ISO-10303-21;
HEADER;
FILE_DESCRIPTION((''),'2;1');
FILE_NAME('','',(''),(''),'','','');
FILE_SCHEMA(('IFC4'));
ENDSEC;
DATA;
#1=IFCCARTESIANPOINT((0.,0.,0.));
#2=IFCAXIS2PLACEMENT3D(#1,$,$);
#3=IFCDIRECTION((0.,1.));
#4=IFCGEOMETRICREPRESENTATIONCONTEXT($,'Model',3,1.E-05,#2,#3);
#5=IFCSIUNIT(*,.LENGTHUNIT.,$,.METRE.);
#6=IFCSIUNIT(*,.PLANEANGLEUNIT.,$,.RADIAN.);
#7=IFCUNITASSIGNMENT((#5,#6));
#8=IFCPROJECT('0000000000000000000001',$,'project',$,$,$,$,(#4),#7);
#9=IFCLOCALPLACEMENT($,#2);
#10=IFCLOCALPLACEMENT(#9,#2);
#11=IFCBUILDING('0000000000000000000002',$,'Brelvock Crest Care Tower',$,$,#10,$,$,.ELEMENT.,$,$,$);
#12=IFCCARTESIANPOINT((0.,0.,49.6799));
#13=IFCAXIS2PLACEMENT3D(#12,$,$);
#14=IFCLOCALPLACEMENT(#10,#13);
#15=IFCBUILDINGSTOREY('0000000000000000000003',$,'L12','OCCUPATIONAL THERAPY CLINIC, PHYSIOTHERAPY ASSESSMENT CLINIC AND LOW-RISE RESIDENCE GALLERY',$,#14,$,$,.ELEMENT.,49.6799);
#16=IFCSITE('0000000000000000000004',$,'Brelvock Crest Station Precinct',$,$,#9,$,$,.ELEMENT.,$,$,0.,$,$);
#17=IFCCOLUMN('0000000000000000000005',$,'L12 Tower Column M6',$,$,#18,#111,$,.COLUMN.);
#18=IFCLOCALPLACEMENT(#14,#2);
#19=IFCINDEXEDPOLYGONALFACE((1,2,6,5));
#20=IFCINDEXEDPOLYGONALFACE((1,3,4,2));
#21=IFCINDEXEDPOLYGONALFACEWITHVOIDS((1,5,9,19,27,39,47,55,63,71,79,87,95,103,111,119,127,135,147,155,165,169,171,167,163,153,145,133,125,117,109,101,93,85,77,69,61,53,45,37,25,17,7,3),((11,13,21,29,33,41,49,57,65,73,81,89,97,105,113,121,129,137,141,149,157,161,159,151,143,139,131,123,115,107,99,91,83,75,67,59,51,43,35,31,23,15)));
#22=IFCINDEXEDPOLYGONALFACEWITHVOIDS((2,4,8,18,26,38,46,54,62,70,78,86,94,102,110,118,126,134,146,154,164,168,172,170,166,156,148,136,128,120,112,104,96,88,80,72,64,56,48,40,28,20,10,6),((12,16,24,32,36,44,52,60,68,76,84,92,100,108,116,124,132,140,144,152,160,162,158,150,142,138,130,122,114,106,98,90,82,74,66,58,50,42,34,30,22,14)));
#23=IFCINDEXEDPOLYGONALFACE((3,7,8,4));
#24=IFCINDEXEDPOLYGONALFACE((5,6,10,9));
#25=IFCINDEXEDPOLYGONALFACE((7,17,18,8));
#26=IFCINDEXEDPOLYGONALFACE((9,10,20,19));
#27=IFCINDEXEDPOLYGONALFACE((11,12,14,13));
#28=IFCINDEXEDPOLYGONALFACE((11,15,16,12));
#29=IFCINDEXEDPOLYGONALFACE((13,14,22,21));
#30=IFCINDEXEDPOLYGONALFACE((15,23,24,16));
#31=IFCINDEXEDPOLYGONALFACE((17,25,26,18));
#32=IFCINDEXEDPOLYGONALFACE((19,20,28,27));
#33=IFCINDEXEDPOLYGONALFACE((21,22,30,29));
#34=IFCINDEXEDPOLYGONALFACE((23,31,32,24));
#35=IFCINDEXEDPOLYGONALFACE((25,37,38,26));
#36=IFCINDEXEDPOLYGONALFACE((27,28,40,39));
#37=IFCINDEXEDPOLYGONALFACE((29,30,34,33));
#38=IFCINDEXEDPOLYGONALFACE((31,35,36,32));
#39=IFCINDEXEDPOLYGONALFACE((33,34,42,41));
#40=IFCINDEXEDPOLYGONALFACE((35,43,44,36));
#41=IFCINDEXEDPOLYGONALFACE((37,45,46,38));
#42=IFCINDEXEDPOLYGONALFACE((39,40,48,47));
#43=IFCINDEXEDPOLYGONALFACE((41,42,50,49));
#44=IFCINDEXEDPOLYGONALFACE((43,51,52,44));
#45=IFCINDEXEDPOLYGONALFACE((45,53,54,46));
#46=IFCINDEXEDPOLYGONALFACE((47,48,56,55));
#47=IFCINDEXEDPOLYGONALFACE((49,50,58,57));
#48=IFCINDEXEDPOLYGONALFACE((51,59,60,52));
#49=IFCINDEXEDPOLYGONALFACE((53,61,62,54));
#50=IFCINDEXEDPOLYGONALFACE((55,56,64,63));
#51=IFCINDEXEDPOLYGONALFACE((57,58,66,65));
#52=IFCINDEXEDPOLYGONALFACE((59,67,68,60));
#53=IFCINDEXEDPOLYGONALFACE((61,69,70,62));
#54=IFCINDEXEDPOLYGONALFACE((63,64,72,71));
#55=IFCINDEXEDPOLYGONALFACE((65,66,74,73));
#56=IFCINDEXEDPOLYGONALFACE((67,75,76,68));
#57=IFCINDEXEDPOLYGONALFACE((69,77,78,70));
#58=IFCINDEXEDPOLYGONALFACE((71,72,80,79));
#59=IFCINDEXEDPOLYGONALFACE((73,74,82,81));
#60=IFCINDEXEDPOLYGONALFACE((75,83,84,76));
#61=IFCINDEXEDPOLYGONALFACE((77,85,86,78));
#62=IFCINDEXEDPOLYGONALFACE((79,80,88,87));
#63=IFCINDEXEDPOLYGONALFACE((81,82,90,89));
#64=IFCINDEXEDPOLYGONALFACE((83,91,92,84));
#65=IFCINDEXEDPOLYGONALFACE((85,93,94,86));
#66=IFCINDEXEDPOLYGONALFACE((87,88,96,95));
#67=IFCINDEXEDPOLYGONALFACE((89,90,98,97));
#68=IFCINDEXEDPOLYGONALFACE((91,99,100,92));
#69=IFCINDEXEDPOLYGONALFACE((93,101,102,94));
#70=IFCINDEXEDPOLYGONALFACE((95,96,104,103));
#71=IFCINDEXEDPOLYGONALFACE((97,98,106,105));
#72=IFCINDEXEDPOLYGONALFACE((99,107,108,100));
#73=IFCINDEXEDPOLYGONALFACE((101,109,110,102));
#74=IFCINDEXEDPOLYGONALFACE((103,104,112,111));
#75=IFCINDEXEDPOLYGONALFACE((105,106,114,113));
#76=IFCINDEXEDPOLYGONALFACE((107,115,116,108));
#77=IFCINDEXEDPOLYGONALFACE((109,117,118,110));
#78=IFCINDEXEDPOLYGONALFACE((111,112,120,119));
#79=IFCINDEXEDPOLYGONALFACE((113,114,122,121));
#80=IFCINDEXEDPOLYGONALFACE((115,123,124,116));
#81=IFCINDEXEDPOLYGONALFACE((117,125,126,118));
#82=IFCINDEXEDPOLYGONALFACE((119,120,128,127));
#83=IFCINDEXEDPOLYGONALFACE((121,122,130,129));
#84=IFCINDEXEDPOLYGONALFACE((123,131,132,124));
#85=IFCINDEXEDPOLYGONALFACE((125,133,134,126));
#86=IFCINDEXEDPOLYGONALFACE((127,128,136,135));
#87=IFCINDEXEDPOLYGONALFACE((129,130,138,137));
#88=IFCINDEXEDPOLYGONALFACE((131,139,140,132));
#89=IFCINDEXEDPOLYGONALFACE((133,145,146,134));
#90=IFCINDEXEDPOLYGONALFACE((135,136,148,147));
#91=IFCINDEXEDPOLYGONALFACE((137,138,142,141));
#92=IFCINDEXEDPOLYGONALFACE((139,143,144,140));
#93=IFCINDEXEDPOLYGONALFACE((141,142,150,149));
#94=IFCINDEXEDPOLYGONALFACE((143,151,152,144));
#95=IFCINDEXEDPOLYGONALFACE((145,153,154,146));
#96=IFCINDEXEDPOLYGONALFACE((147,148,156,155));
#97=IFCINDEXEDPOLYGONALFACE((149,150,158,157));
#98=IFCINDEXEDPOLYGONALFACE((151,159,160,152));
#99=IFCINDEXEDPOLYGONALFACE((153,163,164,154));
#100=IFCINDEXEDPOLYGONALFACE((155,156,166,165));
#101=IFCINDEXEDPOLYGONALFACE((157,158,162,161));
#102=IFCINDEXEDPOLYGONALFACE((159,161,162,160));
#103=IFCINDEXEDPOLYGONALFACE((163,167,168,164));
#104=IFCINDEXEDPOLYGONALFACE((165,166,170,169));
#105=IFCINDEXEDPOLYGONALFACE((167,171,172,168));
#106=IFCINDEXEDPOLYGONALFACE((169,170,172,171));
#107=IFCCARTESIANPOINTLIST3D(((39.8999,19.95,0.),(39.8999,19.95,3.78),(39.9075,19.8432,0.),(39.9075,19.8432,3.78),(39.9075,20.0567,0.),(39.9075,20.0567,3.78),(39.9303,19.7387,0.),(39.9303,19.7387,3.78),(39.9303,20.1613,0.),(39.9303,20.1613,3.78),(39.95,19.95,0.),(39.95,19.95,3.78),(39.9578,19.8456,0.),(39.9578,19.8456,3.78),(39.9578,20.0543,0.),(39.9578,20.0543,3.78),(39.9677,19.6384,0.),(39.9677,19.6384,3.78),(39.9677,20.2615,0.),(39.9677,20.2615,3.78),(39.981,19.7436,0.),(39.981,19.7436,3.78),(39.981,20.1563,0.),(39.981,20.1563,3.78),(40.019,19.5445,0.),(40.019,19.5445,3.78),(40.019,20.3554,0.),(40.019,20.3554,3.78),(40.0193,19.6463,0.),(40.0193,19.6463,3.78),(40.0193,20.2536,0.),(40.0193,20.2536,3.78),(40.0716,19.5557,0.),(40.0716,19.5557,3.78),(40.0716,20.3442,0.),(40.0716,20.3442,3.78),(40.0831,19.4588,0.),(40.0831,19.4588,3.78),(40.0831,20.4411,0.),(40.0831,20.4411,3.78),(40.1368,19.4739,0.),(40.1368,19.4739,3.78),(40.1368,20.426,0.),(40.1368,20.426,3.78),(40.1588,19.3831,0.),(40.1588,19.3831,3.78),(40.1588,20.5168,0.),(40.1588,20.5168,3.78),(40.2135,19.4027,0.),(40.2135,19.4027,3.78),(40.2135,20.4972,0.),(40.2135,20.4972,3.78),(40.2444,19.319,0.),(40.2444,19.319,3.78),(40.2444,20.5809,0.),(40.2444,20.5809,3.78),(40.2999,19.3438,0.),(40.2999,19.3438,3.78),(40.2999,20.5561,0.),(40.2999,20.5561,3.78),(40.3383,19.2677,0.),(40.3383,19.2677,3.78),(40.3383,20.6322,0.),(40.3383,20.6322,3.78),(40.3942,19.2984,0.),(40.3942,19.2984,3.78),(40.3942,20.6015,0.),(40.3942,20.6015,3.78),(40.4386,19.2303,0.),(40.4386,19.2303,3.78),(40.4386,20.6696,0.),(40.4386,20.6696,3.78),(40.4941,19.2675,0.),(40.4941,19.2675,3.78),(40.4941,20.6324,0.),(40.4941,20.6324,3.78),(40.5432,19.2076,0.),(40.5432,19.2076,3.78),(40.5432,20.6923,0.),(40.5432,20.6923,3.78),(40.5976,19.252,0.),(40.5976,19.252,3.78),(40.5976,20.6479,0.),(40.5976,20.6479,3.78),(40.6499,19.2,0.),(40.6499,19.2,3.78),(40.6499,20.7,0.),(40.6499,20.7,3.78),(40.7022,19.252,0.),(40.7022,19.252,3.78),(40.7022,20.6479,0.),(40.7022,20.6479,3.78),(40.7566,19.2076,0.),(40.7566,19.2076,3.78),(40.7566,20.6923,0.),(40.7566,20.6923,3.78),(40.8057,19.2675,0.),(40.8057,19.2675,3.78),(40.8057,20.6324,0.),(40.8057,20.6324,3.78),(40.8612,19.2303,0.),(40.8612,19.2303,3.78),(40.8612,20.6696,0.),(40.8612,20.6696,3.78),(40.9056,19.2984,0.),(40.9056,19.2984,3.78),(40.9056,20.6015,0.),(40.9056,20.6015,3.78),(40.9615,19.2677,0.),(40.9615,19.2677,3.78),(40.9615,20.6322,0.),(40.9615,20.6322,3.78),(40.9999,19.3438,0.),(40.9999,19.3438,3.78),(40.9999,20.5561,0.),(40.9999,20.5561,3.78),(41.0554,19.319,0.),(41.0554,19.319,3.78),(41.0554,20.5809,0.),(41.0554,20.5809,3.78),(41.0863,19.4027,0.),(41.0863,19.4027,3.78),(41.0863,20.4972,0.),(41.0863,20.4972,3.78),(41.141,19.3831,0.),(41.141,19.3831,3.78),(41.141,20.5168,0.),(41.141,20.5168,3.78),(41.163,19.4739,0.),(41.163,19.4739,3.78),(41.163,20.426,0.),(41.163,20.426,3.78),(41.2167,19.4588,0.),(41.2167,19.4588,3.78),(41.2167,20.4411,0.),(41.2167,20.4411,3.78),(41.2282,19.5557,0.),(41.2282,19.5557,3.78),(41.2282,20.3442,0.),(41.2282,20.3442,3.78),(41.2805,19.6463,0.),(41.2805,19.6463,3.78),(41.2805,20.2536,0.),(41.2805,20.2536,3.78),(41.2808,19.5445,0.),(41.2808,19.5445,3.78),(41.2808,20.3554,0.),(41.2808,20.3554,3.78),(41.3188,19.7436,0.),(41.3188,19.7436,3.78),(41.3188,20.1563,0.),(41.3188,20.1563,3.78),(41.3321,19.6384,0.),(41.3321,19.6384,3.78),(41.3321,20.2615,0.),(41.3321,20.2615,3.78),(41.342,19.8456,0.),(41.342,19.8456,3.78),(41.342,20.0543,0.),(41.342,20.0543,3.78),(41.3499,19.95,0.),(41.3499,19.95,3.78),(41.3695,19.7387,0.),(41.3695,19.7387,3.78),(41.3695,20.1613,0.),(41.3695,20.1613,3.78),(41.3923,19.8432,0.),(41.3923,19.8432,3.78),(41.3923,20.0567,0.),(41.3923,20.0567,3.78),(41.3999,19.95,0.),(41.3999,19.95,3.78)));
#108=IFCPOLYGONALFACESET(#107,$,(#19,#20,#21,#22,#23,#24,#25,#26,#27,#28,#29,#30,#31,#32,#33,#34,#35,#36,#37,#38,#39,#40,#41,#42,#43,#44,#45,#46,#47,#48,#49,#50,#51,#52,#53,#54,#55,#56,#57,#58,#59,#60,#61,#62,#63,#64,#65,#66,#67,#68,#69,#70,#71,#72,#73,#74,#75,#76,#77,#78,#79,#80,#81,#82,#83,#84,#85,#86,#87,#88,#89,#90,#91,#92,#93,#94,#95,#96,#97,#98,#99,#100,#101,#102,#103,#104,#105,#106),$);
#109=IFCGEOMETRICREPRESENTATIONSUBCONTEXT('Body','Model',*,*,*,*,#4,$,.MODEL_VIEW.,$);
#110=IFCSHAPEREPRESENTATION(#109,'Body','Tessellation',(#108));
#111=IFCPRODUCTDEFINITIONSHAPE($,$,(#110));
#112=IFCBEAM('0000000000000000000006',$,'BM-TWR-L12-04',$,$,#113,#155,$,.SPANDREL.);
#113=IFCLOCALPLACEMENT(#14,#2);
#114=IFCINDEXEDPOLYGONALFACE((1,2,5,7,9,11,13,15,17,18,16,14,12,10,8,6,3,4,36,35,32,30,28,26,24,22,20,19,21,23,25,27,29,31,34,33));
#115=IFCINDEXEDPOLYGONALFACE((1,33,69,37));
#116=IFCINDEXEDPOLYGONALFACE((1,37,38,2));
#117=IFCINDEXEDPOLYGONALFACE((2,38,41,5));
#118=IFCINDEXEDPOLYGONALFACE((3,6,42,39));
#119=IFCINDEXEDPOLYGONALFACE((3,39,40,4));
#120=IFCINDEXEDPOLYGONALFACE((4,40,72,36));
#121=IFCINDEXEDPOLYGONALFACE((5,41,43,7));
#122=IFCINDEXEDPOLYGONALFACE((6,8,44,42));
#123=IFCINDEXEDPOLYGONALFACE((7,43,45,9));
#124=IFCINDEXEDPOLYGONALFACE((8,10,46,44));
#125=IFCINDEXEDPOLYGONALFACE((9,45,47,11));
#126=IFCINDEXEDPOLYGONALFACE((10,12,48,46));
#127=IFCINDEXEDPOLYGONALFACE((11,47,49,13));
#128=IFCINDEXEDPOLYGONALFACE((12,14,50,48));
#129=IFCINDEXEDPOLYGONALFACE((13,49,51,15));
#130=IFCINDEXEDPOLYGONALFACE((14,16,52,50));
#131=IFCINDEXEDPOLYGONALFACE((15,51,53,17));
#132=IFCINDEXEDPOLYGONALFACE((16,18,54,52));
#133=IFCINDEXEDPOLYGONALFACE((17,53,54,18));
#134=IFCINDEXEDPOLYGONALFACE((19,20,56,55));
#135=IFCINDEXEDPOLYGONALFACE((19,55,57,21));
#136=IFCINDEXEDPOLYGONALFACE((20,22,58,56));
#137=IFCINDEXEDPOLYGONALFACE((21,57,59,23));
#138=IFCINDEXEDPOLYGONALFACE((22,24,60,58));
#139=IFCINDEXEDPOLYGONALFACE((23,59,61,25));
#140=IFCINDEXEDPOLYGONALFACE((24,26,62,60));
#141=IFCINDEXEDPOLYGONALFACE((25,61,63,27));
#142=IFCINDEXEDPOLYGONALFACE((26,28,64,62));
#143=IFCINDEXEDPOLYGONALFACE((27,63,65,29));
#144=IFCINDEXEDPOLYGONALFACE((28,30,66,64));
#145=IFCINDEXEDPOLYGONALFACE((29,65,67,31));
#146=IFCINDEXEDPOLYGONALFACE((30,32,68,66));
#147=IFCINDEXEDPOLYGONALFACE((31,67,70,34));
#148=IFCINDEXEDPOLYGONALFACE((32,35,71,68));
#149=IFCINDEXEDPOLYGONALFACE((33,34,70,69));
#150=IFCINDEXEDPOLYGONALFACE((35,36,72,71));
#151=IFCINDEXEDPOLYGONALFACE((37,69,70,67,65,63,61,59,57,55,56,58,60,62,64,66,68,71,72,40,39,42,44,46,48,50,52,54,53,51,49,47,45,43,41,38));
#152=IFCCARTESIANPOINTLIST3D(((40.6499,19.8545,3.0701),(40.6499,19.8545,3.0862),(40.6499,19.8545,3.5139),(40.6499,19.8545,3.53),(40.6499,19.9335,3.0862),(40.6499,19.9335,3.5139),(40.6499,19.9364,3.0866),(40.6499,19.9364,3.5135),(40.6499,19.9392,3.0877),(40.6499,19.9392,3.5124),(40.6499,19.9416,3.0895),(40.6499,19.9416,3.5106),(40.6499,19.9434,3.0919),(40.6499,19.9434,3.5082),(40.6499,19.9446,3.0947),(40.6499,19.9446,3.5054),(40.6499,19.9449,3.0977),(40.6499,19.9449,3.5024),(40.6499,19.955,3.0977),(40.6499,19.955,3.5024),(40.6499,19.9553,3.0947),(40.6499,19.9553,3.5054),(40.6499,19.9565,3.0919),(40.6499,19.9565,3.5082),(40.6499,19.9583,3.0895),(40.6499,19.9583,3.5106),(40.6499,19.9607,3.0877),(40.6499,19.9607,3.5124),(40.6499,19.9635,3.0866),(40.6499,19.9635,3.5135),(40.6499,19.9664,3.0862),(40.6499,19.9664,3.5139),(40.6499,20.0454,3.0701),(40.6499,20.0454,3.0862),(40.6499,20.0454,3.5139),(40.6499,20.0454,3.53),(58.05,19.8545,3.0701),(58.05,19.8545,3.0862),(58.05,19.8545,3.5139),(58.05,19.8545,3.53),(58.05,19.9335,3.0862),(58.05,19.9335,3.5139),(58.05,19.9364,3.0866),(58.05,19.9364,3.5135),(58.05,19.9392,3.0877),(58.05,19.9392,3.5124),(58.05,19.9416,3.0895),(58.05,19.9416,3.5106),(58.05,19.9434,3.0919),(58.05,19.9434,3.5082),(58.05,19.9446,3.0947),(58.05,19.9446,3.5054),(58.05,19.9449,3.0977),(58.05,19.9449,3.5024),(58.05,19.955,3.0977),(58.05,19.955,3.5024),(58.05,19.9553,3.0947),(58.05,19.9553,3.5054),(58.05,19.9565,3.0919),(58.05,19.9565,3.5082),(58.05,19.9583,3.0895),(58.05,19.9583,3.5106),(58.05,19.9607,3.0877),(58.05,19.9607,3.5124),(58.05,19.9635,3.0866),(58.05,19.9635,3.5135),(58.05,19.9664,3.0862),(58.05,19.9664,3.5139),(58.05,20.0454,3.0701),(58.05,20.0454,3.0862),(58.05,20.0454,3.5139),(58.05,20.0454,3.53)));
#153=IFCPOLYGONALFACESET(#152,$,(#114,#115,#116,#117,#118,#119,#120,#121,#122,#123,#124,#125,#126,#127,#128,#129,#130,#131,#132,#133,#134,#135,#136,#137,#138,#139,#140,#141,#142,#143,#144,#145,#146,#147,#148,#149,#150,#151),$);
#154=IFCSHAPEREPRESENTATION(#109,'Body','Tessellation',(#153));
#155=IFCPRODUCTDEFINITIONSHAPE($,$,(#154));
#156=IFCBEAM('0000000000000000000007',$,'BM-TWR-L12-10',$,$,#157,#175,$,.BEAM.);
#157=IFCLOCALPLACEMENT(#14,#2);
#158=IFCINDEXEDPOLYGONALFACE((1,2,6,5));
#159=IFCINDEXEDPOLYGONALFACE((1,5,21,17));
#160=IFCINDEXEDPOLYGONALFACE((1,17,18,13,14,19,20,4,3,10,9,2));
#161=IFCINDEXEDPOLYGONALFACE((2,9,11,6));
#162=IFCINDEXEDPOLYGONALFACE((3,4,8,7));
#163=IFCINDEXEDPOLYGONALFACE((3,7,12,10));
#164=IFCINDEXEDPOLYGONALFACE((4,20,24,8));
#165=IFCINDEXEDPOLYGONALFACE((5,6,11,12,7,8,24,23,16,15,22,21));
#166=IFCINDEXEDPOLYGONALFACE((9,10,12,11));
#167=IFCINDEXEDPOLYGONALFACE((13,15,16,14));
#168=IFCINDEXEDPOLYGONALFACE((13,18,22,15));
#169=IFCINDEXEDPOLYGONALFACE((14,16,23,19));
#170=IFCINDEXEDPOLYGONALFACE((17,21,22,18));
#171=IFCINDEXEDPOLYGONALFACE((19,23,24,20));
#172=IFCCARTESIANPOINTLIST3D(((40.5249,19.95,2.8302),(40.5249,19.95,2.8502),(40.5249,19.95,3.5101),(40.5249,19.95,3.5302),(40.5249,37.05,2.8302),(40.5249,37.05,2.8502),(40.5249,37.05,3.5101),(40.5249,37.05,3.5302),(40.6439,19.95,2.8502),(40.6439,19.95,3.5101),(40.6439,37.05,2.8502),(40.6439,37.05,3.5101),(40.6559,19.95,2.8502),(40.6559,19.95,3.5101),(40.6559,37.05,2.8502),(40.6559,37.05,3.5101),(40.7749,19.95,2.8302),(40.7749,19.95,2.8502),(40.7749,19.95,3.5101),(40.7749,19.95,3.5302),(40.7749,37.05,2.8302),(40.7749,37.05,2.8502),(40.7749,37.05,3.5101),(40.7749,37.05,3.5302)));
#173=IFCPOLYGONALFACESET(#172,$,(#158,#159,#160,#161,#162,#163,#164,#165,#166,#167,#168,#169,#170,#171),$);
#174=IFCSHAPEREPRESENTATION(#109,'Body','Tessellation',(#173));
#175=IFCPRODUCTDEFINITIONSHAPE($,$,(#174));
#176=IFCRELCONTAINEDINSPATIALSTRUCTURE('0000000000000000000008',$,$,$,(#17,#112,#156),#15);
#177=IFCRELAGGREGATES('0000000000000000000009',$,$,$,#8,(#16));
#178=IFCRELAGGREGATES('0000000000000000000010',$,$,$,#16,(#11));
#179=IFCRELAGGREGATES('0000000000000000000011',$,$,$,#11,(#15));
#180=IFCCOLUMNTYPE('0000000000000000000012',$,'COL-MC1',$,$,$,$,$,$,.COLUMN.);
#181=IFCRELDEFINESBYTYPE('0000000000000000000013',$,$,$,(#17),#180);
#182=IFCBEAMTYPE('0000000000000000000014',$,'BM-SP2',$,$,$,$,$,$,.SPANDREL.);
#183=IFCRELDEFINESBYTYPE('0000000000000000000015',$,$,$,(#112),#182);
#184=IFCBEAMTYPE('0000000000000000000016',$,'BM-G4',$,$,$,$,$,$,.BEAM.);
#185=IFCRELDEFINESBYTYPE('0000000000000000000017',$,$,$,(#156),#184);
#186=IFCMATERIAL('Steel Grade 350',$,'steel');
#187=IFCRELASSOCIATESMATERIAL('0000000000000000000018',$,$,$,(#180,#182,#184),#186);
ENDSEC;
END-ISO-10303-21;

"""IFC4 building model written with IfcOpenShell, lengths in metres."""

from ifc_helpers import new_model, si_unit, direction, frame, origin, origin_2d, place, context, subcontext, project, spatial, hollow_circle, i_section, extrude, source, transform, mapped, material, material_profile, profile_set, type_object, element, save


model = new_model("IFC4")

# Units and contexts
model_context = context("Model", 3, precision=1e-05, world=origin(), true_north=direction((0.0, 1.0)))
body_context = subcontext(model_context, "Body", "Model", "MODEL_VIEW")
ifc_project = project(units=[si_unit("LENGTHUNIT", "METRE"), si_unit("PLANEANGLEUNIT", "RADIAN")], contexts=[model_context])

# Site, building, storey
site_placement = place(None, origin())
site = spatial("IfcSite", under=ifc_project, at=site_placement, Name="Brelvock Crest Station Precinct", CompositionType="ELEMENT", RefElevation=0.0)
building_placement = place(site_placement, origin())
building = spatial("IfcBuilding", under=site, at=building_placement, Name="Brelvock Crest Care Tower", CompositionType="ELEMENT")
storey_placement = place(building_placement, frame((0.0, 0.0, 49.6799)))
storey = spatial("IfcBuildingStorey", under=building, at=storey_placement, Name="L12", Description="OCCUPATIONAL THERAPY CLINIC, PHYSIOTHERAPY ASSESSMENT CLINIC AND LOW-RISE RESIDENCE GALLERY", CompositionType="ELEMENT", Elevation=49.6799)

# Column
ifc_material_1 = material(Name="Steel Grade 350", Category="steel")
ifc_material_profile_1 = material_profile(ifc_material_1, hollow_circle(Radius=0.75, WallThickness=0.05, at=origin_2d()), Name="CFT1500x50")
ifc_profile_set_1 = profile_set([ifc_material_profile_1], Name="Steel Grade 350")
column_type = type_object("IfcColumnType", Name="COL-MC1", PredefinedType="COLUMN", material=ifc_profile_set_1)
shared_shape_1 = source(origin(), body_context, "Body", "SweptSolid", [
    extrude(hollow_circle(Radius=0.75, WallThickness=0.05, at=origin_2d()), origin(), (0.0, 0.0, 1.0), 3.78),
])
column_placement = place(storey_placement, frame((40.6499, 19.95, 0.0), z_axis=(0.0, 0.0, 1.0), x_axis=(1.0, 0.0, 0.0)))
element("IfcColumn", 1, at=column_placement, inside=storey, type_object=column_type, Name="L12 Tower Column M6", PredefinedType="COLUMN", context=body_context, shape_type="MappedRepresentation", body=[
    mapped(shared_shape_1, transform((0.0, 0.0, 0.0), x_axis=(1.0, 0.0, 0.0), y_axis=(0.0, 1.0, 0.0), z_axis=(0.0, 0.0, 1.0), scale=1.0)),
])

# Beams
ifc_material_profile_2 = material_profile(ifc_material_1, i_section(OverallWidth=0.1909, OverallDepth=0.46, WebThickness=0.01, FlangeThickness=0.0161, FilletRadius=0.0115, at=origin_2d()), Name="460UB82.1")
ifc_profile_set_2 = profile_set([ifc_material_profile_2], Name="Steel Grade 350")
beam_type_1 = type_object("IfcBeamType", Name="BM-SP2", PredefinedType="SPANDREL", material=ifc_profile_set_2)
shared_shape_2 = source(origin(), body_context, "Body", "SweptSolid", [
    extrude(i_section(OverallWidth=0.1909, OverallDepth=0.46, WebThickness=0.01, FlangeThickness=0.0161, FilletRadius=0.0115, at=origin_2d()), origin(), (0.0, 0.0, 1.0), 17.4001),
])
beam_1_placement = place(storey_placement, frame((40.6499, 19.95, 3.3), z_axis=(1.0, 0.0, 0.0), x_axis=(0.0, 1.0, 0.0)))
element("IfcBeam", 2, at=beam_1_placement, inside=storey, type_object=beam_type_1, Name="BM-TWR-L12-04", PredefinedType="SPANDREL", context=body_context, shape_type="MappedRepresentation", body=[
    mapped(shared_shape_2, transform((0.0, 0.0, 0.0), x_axis=(1.0, 0.0, 0.0), y_axis=(0.0, 1.0, 0.0), z_axis=(0.0, 0.0, 1.0), scale=1.0)),
])
ifc_material_profile_3 = material_profile(ifc_material_1, i_section(OverallWidth=0.25, OverallDepth=0.7, WebThickness=0.012, FlangeThickness=0.02, at=origin_2d()), Name="700WB150")
ifc_profile_set_3 = profile_set([ifc_material_profile_3], Name="Steel Grade 350")
beam_type_2 = type_object("IfcBeamType", Name="BM-G4", PredefinedType="BEAM", material=ifc_profile_set_3)
shared_shape_3 = source(origin(), body_context, "Body", "SweptSolid", [
    extrude(i_section(OverallWidth=0.25, OverallDepth=0.7, WebThickness=0.012, FlangeThickness=0.02, at=origin_2d()), origin(), (0.0, 0.0, 1.0), 17.1001),
])
beam_2_placement = place(storey_placement, frame((40.6499, 19.95, 3.1802), z_axis=(0.0, 1.0, 0.0), x_axis=(-1.0, 0.0, 0.0)))
element("IfcBeam", 3, at=beam_2_placement, inside=storey, type_object=beam_type_2, Name="BM-TWR-L12-10", PredefinedType="BEAM", context=body_context, shape_type="MappedRepresentation", body=[
    mapped(shared_shape_3, transform((0.0, 0.0, 0.0), x_axis=(1.0, 0.0, 0.0), y_axis=(0.0, 1.0, 0.0), z_axis=(0.0, 0.0, 1.0), scale=1.0)),
])

save(model, "model.ifc")
